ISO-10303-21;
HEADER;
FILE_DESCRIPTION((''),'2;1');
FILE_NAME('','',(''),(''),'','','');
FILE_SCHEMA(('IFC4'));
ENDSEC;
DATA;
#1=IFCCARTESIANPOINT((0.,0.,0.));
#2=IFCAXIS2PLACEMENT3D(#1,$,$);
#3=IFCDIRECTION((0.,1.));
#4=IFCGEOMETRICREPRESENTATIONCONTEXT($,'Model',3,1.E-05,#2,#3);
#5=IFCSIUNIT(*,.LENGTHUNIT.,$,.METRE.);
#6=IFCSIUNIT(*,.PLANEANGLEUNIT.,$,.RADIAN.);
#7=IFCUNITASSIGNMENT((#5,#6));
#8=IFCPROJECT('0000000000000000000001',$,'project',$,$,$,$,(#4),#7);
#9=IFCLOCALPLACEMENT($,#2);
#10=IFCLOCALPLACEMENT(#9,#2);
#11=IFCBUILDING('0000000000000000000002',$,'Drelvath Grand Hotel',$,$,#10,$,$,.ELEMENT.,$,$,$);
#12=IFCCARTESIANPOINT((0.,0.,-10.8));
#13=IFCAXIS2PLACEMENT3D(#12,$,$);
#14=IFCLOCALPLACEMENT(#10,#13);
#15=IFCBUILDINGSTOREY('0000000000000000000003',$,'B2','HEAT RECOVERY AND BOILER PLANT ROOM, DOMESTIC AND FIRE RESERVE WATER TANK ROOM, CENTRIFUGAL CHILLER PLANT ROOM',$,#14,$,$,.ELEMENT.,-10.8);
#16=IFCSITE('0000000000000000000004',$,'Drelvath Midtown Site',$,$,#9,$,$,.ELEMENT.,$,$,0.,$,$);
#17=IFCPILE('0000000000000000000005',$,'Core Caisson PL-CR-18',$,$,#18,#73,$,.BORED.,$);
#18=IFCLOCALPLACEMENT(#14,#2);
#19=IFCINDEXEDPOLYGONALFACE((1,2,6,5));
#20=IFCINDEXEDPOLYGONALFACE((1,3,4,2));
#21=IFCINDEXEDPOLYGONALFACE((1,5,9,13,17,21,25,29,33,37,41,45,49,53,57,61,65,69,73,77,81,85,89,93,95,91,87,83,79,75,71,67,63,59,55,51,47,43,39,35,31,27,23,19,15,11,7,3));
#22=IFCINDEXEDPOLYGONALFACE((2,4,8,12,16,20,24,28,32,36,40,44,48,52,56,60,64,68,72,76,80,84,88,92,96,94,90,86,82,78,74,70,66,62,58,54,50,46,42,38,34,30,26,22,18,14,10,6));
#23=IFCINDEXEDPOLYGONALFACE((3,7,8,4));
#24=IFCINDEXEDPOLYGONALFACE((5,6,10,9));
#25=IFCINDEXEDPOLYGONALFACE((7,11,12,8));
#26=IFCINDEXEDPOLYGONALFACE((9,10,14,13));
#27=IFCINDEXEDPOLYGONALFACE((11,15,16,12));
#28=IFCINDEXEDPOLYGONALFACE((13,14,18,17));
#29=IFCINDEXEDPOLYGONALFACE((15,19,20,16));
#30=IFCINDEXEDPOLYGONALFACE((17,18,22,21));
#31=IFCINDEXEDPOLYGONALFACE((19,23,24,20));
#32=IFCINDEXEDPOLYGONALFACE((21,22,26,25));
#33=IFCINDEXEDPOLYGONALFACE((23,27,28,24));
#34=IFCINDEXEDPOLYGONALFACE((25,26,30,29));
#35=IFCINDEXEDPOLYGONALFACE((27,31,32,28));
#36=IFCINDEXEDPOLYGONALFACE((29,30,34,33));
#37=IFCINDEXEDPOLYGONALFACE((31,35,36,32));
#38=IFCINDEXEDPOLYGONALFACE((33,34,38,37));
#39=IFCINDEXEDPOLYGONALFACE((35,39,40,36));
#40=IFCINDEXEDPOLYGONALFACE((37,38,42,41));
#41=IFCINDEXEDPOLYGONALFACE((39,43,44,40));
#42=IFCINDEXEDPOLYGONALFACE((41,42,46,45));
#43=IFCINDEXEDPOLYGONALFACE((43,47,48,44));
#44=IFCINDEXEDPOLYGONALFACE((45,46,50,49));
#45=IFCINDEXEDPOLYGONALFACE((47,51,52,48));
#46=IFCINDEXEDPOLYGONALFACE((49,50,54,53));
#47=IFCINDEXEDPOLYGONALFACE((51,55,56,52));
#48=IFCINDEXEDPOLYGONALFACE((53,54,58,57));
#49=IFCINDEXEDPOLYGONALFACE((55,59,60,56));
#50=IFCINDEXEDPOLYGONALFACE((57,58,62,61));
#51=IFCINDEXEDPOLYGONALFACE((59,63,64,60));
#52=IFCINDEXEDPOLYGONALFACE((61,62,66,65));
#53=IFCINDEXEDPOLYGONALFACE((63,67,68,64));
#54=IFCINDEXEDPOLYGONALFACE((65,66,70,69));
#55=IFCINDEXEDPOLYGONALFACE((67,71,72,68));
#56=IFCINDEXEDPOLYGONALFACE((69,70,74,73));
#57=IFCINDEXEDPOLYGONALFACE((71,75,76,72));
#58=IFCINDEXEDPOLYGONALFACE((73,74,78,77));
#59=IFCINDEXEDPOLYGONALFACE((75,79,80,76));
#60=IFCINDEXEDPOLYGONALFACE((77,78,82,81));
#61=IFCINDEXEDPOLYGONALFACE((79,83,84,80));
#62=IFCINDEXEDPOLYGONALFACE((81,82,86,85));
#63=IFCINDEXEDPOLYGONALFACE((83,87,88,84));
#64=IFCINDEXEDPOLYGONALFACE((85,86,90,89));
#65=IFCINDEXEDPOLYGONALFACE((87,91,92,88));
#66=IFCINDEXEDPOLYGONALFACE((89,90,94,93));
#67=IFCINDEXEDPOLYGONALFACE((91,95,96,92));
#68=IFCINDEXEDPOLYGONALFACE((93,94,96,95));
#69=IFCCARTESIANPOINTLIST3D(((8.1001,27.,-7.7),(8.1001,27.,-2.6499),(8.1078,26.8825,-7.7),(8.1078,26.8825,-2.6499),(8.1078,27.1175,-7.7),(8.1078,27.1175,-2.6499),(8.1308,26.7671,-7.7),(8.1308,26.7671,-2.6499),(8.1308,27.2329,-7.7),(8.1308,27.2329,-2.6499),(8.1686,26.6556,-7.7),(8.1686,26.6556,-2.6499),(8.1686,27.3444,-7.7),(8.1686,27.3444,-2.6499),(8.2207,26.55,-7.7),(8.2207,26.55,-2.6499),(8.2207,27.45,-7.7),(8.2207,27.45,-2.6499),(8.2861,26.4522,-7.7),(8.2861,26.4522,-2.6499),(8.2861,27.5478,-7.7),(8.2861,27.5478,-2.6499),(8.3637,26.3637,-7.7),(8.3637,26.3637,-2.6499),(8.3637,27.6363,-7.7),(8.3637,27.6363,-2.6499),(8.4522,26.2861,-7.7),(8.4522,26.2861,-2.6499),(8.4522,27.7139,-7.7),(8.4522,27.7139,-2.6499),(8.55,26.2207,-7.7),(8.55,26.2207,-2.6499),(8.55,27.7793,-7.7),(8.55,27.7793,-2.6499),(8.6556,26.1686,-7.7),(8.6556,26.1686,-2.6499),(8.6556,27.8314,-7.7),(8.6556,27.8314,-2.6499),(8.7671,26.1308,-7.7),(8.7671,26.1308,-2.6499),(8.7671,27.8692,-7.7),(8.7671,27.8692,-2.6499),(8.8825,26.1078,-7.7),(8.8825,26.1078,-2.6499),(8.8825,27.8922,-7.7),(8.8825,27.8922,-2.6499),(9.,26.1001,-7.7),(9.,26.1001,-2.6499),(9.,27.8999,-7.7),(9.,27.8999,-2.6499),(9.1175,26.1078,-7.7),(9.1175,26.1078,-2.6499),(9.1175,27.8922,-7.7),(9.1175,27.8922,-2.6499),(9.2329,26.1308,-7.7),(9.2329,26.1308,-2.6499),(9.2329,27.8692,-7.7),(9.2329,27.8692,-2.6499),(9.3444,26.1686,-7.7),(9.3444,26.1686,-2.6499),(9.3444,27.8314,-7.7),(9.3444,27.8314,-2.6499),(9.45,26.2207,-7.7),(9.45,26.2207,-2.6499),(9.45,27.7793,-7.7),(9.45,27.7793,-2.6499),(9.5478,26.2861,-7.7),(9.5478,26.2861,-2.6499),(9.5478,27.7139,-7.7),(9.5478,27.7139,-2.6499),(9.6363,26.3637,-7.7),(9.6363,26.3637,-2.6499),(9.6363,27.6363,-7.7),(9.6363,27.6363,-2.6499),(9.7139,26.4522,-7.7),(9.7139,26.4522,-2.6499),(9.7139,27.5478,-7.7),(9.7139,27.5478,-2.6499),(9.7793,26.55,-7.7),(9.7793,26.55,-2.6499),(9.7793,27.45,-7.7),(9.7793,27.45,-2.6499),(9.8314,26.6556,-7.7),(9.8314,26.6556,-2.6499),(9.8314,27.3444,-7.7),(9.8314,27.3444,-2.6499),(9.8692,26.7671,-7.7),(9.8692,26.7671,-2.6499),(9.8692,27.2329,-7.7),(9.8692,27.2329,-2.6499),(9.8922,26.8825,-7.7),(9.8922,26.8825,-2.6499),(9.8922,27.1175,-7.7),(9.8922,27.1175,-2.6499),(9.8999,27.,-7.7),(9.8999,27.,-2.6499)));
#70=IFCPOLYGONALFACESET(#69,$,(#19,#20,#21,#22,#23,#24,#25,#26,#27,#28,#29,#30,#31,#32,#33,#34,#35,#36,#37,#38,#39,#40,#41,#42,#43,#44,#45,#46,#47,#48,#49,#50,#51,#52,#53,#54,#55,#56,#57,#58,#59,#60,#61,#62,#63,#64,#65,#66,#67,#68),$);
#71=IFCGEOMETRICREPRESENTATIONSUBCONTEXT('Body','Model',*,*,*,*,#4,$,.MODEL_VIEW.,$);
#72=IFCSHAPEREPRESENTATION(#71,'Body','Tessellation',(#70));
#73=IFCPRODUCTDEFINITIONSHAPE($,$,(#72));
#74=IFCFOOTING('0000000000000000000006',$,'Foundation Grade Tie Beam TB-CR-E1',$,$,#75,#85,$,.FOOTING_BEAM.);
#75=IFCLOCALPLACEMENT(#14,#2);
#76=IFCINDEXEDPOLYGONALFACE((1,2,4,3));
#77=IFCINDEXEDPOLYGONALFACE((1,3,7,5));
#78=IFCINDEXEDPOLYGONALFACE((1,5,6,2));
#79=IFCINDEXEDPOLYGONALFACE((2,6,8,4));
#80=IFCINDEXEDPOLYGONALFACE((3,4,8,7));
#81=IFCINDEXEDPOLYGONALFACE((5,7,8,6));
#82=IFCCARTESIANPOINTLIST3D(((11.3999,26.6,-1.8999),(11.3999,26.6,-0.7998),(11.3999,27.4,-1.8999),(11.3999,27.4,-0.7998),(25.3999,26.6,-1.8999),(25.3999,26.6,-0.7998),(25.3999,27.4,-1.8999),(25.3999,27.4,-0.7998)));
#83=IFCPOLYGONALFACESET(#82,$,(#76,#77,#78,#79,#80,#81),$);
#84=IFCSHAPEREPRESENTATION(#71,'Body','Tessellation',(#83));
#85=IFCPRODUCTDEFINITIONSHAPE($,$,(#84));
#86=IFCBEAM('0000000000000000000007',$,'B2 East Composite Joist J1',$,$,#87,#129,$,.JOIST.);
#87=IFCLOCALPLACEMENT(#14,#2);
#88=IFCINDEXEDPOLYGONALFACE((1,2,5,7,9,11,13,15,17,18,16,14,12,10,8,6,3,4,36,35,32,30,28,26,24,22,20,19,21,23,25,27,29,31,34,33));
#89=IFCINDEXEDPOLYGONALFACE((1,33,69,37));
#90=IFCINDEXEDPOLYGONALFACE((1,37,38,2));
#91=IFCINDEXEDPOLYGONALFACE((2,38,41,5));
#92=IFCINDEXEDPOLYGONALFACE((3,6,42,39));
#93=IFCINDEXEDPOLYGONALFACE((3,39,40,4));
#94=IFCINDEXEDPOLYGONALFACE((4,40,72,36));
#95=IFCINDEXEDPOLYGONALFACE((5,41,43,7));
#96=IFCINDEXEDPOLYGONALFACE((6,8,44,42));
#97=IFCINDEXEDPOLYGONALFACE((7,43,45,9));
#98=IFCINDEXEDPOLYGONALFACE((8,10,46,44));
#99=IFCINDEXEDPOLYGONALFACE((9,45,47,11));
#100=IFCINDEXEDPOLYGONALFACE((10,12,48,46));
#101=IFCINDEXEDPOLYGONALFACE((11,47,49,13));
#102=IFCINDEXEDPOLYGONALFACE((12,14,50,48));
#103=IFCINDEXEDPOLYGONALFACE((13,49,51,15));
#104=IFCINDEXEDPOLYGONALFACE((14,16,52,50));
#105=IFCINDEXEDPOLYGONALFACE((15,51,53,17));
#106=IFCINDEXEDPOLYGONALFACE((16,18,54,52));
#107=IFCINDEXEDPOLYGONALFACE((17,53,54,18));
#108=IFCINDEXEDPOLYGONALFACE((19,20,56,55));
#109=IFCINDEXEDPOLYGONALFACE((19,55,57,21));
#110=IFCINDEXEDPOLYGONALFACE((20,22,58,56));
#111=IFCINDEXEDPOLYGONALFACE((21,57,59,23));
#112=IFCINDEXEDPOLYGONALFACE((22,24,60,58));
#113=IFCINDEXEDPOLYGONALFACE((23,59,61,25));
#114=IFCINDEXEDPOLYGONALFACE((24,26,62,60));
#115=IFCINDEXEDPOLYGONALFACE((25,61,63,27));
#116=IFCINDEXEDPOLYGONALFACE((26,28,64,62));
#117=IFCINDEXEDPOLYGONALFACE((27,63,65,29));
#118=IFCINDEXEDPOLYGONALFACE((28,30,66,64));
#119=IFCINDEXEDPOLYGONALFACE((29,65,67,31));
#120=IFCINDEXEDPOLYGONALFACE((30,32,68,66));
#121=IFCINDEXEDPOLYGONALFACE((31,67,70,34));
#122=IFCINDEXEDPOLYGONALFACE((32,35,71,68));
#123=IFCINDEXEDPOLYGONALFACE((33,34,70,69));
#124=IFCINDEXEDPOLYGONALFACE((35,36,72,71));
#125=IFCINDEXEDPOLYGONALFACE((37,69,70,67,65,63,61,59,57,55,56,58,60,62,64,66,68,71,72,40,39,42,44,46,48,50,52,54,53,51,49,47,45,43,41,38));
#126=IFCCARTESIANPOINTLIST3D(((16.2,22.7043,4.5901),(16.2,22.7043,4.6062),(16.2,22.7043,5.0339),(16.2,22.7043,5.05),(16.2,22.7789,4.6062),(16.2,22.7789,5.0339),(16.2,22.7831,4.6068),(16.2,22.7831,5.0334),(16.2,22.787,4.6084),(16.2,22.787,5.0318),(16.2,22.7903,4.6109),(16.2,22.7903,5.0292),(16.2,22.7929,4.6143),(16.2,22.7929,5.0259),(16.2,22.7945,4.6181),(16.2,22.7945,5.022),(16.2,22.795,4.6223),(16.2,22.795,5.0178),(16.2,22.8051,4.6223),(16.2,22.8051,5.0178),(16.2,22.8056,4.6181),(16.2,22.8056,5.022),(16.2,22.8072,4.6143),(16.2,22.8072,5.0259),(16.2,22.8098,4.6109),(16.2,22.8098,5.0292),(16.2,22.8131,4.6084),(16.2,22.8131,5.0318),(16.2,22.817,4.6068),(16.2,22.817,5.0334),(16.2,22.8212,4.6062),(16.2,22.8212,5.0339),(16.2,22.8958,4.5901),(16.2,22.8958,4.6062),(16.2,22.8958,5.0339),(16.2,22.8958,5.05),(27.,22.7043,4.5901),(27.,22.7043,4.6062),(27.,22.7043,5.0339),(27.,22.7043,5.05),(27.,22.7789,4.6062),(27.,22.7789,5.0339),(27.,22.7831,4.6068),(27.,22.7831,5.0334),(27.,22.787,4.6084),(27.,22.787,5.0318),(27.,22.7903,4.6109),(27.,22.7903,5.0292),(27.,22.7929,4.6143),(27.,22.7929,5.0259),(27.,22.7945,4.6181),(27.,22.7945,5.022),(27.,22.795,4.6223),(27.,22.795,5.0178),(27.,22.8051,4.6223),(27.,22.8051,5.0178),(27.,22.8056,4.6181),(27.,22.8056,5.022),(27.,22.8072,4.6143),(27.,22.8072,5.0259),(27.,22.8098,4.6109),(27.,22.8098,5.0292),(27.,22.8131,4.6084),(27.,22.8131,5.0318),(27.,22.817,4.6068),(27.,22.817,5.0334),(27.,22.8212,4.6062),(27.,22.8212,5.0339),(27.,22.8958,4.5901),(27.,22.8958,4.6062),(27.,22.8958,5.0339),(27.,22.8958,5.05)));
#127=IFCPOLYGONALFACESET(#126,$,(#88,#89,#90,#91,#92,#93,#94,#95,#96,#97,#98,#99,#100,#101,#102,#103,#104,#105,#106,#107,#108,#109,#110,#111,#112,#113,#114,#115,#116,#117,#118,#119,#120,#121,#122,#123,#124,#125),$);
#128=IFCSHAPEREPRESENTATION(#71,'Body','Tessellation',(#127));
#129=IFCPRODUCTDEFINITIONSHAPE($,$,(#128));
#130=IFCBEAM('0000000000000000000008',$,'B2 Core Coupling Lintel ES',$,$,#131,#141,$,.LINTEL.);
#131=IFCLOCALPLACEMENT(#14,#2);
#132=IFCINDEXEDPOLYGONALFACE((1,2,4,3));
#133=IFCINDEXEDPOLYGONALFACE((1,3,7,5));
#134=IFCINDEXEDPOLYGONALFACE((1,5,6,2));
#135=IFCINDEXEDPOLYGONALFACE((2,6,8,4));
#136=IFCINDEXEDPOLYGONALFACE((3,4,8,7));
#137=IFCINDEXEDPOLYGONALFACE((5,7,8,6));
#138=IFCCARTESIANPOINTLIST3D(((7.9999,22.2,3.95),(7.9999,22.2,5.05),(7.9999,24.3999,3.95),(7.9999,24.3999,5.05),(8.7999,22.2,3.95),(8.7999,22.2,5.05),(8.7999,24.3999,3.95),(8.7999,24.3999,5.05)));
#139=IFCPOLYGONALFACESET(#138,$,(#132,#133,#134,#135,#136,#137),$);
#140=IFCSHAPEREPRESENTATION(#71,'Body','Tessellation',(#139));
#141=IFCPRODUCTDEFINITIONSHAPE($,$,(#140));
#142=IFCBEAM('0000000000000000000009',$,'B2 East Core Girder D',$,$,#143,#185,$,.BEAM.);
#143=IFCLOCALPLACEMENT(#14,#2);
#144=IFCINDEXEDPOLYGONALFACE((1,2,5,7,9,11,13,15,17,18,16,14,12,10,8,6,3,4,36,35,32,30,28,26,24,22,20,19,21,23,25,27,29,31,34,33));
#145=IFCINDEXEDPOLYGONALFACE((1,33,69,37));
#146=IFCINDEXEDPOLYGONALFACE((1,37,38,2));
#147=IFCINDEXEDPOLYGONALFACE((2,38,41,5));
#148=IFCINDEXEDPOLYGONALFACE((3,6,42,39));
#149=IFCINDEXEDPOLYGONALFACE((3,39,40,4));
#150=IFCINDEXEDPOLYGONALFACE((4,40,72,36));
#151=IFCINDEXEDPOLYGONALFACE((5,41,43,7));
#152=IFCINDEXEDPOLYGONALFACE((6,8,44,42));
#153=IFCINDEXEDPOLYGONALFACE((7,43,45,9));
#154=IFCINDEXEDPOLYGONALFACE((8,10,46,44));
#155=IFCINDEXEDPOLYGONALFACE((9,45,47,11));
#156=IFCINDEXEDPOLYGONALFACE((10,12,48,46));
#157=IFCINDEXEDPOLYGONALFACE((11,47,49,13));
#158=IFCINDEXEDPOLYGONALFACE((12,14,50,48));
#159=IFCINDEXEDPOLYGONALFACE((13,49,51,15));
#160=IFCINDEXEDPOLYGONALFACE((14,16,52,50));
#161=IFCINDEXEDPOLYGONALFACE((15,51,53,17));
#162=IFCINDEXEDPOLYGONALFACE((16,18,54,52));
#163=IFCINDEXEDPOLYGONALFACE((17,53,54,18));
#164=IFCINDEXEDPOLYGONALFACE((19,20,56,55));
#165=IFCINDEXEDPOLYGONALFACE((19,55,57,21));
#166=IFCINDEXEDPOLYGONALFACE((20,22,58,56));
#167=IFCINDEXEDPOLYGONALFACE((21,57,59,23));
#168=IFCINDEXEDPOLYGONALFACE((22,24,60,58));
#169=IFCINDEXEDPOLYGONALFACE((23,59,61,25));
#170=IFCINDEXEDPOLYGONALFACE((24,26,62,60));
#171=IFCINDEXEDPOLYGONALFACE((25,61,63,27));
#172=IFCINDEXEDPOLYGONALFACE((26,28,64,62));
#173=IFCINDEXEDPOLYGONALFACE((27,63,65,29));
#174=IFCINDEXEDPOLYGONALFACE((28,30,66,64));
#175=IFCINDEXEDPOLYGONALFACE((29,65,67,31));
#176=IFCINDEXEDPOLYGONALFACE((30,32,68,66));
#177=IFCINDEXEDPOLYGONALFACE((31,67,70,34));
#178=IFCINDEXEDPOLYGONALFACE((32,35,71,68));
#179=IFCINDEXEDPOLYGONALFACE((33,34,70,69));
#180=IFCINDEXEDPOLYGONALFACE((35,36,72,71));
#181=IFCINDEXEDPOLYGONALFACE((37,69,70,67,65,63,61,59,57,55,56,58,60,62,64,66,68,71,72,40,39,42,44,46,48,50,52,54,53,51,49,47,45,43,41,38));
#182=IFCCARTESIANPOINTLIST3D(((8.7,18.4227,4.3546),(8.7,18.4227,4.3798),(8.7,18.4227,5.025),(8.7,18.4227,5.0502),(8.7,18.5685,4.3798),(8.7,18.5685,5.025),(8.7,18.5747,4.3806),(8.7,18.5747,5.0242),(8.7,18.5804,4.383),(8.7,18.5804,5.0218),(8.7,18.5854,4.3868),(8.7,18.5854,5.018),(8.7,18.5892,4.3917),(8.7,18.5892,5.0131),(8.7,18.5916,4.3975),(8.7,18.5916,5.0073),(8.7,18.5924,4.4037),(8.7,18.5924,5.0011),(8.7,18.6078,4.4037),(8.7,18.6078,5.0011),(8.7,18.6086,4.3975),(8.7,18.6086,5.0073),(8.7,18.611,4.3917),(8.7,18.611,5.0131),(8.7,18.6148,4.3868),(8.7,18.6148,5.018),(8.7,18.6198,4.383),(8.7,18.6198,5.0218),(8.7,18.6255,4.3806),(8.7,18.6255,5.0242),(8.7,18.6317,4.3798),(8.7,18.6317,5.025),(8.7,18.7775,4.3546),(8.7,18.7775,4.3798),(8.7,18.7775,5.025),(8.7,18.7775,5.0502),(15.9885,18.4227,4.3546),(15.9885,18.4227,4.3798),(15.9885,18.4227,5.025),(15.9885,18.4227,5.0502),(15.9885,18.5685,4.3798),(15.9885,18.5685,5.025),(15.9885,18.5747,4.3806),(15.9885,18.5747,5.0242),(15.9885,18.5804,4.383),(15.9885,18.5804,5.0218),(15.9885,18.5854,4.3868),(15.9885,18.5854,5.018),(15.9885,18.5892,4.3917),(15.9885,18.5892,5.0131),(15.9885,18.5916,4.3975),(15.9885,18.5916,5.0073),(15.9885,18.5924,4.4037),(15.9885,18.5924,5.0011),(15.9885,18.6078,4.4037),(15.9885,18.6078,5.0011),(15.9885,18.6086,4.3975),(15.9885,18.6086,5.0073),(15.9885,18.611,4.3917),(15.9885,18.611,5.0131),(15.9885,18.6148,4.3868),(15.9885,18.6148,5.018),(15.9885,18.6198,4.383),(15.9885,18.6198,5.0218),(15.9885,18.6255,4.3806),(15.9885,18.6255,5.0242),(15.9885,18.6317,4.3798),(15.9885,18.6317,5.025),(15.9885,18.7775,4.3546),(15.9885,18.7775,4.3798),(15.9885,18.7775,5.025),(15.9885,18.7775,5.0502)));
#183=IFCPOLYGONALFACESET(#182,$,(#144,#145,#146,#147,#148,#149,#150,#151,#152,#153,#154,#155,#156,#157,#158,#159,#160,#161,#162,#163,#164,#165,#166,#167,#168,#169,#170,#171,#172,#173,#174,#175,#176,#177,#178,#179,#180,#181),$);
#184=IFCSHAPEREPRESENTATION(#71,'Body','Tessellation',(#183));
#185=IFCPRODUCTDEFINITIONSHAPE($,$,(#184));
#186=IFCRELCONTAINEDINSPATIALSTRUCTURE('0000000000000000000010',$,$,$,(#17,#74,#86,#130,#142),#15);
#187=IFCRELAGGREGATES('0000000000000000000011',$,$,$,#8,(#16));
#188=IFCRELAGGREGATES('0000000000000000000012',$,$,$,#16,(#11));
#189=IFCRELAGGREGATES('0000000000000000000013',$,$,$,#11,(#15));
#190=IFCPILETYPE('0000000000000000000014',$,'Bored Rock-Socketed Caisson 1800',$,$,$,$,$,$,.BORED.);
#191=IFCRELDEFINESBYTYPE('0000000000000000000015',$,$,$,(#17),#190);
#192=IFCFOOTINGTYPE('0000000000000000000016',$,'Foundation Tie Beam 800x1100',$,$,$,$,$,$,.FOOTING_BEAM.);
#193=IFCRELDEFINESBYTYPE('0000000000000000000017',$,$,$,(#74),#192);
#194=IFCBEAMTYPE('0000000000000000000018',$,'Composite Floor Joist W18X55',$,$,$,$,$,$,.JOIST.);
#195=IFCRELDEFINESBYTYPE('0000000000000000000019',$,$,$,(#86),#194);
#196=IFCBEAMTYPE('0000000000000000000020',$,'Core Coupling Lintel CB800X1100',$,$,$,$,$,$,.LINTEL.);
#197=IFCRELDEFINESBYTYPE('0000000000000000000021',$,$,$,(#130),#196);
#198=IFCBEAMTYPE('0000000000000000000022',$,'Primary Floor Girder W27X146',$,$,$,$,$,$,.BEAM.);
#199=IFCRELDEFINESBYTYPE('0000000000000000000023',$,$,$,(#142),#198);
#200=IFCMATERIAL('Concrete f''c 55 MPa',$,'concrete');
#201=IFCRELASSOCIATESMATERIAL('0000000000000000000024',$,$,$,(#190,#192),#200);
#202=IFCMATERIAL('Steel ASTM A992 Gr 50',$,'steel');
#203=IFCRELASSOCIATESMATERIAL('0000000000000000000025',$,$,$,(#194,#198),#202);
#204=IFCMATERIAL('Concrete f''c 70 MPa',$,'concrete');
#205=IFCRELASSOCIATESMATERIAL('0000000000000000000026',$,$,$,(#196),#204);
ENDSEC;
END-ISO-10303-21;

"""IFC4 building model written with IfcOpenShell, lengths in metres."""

from ifc_helpers import new_model, si_unit, direction, frame, origin, origin_2d, place, context, subcontext, project, spatial, rectangle, circle, i_section, extrude, material, material_profile, profile_set, type_object, element, save


model = new_model("IFC4")

# Units and contexts
model_context = context("Model", 3, precision=1e-05, world=origin(), true_north=direction((0.0, 1.0)))
body_context = subcontext(model_context, "Body", "Model", "MODEL_VIEW")
ifc_project = project(units=[si_unit("LENGTHUNIT", "METRE"), si_unit("PLANEANGLEUNIT", "RADIAN")], contexts=[model_context])

# Site, building, storey
site_placement = place(None, origin())
site = spatial("IfcSite", under=ifc_project, at=site_placement, Name="Drelvath Midtown Site", CompositionType="ELEMENT", RefElevation=0.0)
building_placement = place(site_placement, origin())
building = spatial("IfcBuilding", under=site, at=building_placement, Name="Drelvath Grand Hotel", CompositionType="ELEMENT")
storey_placement = place(building_placement, frame((0.0, 0.0, -10.8)))
storey = spatial("IfcBuildingStorey", under=building, at=storey_placement, Name="B2", Description="HEAT RECOVERY AND BOILER PLANT ROOM, DOMESTIC AND FIRE RESERVE WATER TANK ROOM, CENTRIFUGAL CHILLER PLANT ROOM", CompositionType="ELEMENT", Elevation=-10.8)

# Pile
ifc_material_1 = material(Name="Concrete f'c 55 MPa", Category="concrete")
ifc_material_profile_1 = material_profile(ifc_material_1, circle(Radius=0.8999, at=origin_2d()), Name="CAISSON1800")
ifc_profile_set_1 = profile_set([ifc_material_profile_1], Name="Concrete f'c 55 MPa")
pile_type = type_object("IfcPileType", Name="Bored Rock-Socketed Caisson 1800", PredefinedType="BORED", material=ifc_profile_set_1)
for number, where, z_axis, x_axis, name in (
    (1, (9.0, 27.0, -2.6499), (0.0, 0.0, -1.0), (1.0, 0.0, 0.0), "Core Caisson PL-CR-18"),
):
    element("IfcPile", number, at=place(storey_placement, frame(where, z_axis=z_axis, x_axis=x_axis)), inside=storey, type_object=pile_type, Name=name, PredefinedType="BORED", context=body_context, shape_type="SweptSolid", body=[
        extrude(circle(Radius=0.8999, at=origin_2d()), origin(), (0.0, 0.0, 1.0), 5.05),
    ])

# Footing
ifc_material_profile_2 = material_profile(ifc_material_1, rectangle(XDim=0.8, YDim=1.1001, at=origin_2d()), Name="CB800X1100")
ifc_profile_set_2 = profile_set([ifc_material_profile_2], Name="Concrete f'c 55 MPa")
footing_type = type_object("IfcFootingType", Name="Foundation Tie Beam 800x1100", PredefinedType="FOOTING_BEAM", material=ifc_profile_set_2)
footing_placement = place(storey_placement, frame((11.3999, 27.0, -1.3499), z_axis=(1.0, 0.0, 0.0), x_axis=(0.0, 1.0, 0.0)))
element("IfcFooting", 2, at=footing_placement, inside=storey, type_object=footing_type, Name="Foundation Grade Tie Beam TB-CR-E1", PredefinedType="FOOTING_BEAM", context=body_context, shape_type="SweptSolid", body=[
    extrude(rectangle(XDim=0.8, YDim=1.1001, at=origin_2d()), origin(), (0.0, 0.0, 1.0), 14.0),
])

# Beams
ifc_material_2 = material(Name="Steel ASTM A992 Gr 50", Category="steel")
ifc_material_profile_3 = material_profile(ifc_material_2, i_section(OverallWidth=0.1914, OverallDepth=0.46, WebThickness=0.01, FlangeThickness=0.0161, FilletRadius=0.0161, at=origin_2d()), Name="W18X55")
ifc_profile_set_3 = profile_set([ifc_material_profile_3], Name="Steel ASTM A992 Gr 50")
beam_type_1 = type_object("IfcBeamType", Name="Composite Floor Joist W18X55", PredefinedType="JOIST", material=ifc_profile_set_3)
beam_1_placement = place(storey_placement, frame((16.2, 22.8, 4.8201), z_axis=(1.0, 0.0, 0.0), x_axis=(0.0, 1.0, 0.0)))
element("IfcBeam", 3, at=beam_1_placement, inside=storey, type_object=beam_type_1, Name="B2 East Composite Joist J1", PredefinedType="JOIST", context=body_context, shape_type="SweptSolid", body=[
    extrude(i_section(OverallWidth=0.1914, OverallDepth=0.46, WebThickness=0.01, FlangeThickness=0.0161, FilletRadius=0.0161, at=origin_2d()), origin(), (0.0, 0.0, 1.0), 10.8),
])
ifc_material_3 = material(Name="Concrete f'c 70 MPa", Category="concrete")
ifc_material_profile_4 = material_profile(ifc_material_3, rectangle(XDim=0.8, YDim=1.1001, at=origin_2d()), Name="CB800X1100")
ifc_profile_set_4 = profile_set([ifc_material_profile_4], Name="Concrete f'c 70 MPa")
beam_type_2 = type_object("IfcBeamType", Name="Core Coupling Lintel CB800X1100", PredefinedType="LINTEL", material=ifc_profile_set_4)
beam_2_placement = place(storey_placement, frame((8.3999, 22.2, 4.5), z_axis=(0.0, 1.0, 0.0), x_axis=(-1.0, 0.0, 0.0)))
element("IfcBeam", 4, at=beam_2_placement, inside=storey, type_object=beam_type_2, Name="B2 Core Coupling Lintel ES", PredefinedType="LINTEL", context=body_context, shape_type="SweptSolid", body=[
    extrude(rectangle(XDim=0.8, YDim=1.1001, at=origin_2d()), origin(), (0.0, 0.0, 1.0), 2.2),
])
ifc_material_profile_5 = material_profile(ifc_material_2, i_section(OverallWidth=0.3547, OverallDepth=0.6956, WebThickness=0.0154, FlangeThickness=0.0251, FilletRadius=0.0239, at=origin_2d()), Name="W27X146")
ifc_profile_set_5 = profile_set([ifc_material_profile_5], Name="Steel ASTM A992 Gr 50")
beam_type_3 = type_object("IfcBeamType", Name="Primary Floor Girder W27X146", PredefinedType="BEAM", material=ifc_profile_set_5)
for number, where, z_axis, x_axis, name in (
    (5, (8.7, 18.6001, 4.7024), (1.0, 0.0, 0.0), (0.0, 1.0, 0.0), "B2 East Core Girder D"),
):
    element("IfcBeam", number, at=place(storey_placement, frame(where, z_axis=z_axis, x_axis=x_axis)), inside=storey, type_object=beam_type_3, Name=name, PredefinedType="BEAM", context=body_context, shape_type="SweptSolid", body=[
        extrude(i_section(OverallWidth=0.3547, OverallDepth=0.6956, WebThickness=0.0154, FlangeThickness=0.0251, FilletRadius=0.0239, at=origin_2d()), origin(), (0.0, 0.0, 1.0), 7.2886),
    ])

save(model, "model.ifc")
